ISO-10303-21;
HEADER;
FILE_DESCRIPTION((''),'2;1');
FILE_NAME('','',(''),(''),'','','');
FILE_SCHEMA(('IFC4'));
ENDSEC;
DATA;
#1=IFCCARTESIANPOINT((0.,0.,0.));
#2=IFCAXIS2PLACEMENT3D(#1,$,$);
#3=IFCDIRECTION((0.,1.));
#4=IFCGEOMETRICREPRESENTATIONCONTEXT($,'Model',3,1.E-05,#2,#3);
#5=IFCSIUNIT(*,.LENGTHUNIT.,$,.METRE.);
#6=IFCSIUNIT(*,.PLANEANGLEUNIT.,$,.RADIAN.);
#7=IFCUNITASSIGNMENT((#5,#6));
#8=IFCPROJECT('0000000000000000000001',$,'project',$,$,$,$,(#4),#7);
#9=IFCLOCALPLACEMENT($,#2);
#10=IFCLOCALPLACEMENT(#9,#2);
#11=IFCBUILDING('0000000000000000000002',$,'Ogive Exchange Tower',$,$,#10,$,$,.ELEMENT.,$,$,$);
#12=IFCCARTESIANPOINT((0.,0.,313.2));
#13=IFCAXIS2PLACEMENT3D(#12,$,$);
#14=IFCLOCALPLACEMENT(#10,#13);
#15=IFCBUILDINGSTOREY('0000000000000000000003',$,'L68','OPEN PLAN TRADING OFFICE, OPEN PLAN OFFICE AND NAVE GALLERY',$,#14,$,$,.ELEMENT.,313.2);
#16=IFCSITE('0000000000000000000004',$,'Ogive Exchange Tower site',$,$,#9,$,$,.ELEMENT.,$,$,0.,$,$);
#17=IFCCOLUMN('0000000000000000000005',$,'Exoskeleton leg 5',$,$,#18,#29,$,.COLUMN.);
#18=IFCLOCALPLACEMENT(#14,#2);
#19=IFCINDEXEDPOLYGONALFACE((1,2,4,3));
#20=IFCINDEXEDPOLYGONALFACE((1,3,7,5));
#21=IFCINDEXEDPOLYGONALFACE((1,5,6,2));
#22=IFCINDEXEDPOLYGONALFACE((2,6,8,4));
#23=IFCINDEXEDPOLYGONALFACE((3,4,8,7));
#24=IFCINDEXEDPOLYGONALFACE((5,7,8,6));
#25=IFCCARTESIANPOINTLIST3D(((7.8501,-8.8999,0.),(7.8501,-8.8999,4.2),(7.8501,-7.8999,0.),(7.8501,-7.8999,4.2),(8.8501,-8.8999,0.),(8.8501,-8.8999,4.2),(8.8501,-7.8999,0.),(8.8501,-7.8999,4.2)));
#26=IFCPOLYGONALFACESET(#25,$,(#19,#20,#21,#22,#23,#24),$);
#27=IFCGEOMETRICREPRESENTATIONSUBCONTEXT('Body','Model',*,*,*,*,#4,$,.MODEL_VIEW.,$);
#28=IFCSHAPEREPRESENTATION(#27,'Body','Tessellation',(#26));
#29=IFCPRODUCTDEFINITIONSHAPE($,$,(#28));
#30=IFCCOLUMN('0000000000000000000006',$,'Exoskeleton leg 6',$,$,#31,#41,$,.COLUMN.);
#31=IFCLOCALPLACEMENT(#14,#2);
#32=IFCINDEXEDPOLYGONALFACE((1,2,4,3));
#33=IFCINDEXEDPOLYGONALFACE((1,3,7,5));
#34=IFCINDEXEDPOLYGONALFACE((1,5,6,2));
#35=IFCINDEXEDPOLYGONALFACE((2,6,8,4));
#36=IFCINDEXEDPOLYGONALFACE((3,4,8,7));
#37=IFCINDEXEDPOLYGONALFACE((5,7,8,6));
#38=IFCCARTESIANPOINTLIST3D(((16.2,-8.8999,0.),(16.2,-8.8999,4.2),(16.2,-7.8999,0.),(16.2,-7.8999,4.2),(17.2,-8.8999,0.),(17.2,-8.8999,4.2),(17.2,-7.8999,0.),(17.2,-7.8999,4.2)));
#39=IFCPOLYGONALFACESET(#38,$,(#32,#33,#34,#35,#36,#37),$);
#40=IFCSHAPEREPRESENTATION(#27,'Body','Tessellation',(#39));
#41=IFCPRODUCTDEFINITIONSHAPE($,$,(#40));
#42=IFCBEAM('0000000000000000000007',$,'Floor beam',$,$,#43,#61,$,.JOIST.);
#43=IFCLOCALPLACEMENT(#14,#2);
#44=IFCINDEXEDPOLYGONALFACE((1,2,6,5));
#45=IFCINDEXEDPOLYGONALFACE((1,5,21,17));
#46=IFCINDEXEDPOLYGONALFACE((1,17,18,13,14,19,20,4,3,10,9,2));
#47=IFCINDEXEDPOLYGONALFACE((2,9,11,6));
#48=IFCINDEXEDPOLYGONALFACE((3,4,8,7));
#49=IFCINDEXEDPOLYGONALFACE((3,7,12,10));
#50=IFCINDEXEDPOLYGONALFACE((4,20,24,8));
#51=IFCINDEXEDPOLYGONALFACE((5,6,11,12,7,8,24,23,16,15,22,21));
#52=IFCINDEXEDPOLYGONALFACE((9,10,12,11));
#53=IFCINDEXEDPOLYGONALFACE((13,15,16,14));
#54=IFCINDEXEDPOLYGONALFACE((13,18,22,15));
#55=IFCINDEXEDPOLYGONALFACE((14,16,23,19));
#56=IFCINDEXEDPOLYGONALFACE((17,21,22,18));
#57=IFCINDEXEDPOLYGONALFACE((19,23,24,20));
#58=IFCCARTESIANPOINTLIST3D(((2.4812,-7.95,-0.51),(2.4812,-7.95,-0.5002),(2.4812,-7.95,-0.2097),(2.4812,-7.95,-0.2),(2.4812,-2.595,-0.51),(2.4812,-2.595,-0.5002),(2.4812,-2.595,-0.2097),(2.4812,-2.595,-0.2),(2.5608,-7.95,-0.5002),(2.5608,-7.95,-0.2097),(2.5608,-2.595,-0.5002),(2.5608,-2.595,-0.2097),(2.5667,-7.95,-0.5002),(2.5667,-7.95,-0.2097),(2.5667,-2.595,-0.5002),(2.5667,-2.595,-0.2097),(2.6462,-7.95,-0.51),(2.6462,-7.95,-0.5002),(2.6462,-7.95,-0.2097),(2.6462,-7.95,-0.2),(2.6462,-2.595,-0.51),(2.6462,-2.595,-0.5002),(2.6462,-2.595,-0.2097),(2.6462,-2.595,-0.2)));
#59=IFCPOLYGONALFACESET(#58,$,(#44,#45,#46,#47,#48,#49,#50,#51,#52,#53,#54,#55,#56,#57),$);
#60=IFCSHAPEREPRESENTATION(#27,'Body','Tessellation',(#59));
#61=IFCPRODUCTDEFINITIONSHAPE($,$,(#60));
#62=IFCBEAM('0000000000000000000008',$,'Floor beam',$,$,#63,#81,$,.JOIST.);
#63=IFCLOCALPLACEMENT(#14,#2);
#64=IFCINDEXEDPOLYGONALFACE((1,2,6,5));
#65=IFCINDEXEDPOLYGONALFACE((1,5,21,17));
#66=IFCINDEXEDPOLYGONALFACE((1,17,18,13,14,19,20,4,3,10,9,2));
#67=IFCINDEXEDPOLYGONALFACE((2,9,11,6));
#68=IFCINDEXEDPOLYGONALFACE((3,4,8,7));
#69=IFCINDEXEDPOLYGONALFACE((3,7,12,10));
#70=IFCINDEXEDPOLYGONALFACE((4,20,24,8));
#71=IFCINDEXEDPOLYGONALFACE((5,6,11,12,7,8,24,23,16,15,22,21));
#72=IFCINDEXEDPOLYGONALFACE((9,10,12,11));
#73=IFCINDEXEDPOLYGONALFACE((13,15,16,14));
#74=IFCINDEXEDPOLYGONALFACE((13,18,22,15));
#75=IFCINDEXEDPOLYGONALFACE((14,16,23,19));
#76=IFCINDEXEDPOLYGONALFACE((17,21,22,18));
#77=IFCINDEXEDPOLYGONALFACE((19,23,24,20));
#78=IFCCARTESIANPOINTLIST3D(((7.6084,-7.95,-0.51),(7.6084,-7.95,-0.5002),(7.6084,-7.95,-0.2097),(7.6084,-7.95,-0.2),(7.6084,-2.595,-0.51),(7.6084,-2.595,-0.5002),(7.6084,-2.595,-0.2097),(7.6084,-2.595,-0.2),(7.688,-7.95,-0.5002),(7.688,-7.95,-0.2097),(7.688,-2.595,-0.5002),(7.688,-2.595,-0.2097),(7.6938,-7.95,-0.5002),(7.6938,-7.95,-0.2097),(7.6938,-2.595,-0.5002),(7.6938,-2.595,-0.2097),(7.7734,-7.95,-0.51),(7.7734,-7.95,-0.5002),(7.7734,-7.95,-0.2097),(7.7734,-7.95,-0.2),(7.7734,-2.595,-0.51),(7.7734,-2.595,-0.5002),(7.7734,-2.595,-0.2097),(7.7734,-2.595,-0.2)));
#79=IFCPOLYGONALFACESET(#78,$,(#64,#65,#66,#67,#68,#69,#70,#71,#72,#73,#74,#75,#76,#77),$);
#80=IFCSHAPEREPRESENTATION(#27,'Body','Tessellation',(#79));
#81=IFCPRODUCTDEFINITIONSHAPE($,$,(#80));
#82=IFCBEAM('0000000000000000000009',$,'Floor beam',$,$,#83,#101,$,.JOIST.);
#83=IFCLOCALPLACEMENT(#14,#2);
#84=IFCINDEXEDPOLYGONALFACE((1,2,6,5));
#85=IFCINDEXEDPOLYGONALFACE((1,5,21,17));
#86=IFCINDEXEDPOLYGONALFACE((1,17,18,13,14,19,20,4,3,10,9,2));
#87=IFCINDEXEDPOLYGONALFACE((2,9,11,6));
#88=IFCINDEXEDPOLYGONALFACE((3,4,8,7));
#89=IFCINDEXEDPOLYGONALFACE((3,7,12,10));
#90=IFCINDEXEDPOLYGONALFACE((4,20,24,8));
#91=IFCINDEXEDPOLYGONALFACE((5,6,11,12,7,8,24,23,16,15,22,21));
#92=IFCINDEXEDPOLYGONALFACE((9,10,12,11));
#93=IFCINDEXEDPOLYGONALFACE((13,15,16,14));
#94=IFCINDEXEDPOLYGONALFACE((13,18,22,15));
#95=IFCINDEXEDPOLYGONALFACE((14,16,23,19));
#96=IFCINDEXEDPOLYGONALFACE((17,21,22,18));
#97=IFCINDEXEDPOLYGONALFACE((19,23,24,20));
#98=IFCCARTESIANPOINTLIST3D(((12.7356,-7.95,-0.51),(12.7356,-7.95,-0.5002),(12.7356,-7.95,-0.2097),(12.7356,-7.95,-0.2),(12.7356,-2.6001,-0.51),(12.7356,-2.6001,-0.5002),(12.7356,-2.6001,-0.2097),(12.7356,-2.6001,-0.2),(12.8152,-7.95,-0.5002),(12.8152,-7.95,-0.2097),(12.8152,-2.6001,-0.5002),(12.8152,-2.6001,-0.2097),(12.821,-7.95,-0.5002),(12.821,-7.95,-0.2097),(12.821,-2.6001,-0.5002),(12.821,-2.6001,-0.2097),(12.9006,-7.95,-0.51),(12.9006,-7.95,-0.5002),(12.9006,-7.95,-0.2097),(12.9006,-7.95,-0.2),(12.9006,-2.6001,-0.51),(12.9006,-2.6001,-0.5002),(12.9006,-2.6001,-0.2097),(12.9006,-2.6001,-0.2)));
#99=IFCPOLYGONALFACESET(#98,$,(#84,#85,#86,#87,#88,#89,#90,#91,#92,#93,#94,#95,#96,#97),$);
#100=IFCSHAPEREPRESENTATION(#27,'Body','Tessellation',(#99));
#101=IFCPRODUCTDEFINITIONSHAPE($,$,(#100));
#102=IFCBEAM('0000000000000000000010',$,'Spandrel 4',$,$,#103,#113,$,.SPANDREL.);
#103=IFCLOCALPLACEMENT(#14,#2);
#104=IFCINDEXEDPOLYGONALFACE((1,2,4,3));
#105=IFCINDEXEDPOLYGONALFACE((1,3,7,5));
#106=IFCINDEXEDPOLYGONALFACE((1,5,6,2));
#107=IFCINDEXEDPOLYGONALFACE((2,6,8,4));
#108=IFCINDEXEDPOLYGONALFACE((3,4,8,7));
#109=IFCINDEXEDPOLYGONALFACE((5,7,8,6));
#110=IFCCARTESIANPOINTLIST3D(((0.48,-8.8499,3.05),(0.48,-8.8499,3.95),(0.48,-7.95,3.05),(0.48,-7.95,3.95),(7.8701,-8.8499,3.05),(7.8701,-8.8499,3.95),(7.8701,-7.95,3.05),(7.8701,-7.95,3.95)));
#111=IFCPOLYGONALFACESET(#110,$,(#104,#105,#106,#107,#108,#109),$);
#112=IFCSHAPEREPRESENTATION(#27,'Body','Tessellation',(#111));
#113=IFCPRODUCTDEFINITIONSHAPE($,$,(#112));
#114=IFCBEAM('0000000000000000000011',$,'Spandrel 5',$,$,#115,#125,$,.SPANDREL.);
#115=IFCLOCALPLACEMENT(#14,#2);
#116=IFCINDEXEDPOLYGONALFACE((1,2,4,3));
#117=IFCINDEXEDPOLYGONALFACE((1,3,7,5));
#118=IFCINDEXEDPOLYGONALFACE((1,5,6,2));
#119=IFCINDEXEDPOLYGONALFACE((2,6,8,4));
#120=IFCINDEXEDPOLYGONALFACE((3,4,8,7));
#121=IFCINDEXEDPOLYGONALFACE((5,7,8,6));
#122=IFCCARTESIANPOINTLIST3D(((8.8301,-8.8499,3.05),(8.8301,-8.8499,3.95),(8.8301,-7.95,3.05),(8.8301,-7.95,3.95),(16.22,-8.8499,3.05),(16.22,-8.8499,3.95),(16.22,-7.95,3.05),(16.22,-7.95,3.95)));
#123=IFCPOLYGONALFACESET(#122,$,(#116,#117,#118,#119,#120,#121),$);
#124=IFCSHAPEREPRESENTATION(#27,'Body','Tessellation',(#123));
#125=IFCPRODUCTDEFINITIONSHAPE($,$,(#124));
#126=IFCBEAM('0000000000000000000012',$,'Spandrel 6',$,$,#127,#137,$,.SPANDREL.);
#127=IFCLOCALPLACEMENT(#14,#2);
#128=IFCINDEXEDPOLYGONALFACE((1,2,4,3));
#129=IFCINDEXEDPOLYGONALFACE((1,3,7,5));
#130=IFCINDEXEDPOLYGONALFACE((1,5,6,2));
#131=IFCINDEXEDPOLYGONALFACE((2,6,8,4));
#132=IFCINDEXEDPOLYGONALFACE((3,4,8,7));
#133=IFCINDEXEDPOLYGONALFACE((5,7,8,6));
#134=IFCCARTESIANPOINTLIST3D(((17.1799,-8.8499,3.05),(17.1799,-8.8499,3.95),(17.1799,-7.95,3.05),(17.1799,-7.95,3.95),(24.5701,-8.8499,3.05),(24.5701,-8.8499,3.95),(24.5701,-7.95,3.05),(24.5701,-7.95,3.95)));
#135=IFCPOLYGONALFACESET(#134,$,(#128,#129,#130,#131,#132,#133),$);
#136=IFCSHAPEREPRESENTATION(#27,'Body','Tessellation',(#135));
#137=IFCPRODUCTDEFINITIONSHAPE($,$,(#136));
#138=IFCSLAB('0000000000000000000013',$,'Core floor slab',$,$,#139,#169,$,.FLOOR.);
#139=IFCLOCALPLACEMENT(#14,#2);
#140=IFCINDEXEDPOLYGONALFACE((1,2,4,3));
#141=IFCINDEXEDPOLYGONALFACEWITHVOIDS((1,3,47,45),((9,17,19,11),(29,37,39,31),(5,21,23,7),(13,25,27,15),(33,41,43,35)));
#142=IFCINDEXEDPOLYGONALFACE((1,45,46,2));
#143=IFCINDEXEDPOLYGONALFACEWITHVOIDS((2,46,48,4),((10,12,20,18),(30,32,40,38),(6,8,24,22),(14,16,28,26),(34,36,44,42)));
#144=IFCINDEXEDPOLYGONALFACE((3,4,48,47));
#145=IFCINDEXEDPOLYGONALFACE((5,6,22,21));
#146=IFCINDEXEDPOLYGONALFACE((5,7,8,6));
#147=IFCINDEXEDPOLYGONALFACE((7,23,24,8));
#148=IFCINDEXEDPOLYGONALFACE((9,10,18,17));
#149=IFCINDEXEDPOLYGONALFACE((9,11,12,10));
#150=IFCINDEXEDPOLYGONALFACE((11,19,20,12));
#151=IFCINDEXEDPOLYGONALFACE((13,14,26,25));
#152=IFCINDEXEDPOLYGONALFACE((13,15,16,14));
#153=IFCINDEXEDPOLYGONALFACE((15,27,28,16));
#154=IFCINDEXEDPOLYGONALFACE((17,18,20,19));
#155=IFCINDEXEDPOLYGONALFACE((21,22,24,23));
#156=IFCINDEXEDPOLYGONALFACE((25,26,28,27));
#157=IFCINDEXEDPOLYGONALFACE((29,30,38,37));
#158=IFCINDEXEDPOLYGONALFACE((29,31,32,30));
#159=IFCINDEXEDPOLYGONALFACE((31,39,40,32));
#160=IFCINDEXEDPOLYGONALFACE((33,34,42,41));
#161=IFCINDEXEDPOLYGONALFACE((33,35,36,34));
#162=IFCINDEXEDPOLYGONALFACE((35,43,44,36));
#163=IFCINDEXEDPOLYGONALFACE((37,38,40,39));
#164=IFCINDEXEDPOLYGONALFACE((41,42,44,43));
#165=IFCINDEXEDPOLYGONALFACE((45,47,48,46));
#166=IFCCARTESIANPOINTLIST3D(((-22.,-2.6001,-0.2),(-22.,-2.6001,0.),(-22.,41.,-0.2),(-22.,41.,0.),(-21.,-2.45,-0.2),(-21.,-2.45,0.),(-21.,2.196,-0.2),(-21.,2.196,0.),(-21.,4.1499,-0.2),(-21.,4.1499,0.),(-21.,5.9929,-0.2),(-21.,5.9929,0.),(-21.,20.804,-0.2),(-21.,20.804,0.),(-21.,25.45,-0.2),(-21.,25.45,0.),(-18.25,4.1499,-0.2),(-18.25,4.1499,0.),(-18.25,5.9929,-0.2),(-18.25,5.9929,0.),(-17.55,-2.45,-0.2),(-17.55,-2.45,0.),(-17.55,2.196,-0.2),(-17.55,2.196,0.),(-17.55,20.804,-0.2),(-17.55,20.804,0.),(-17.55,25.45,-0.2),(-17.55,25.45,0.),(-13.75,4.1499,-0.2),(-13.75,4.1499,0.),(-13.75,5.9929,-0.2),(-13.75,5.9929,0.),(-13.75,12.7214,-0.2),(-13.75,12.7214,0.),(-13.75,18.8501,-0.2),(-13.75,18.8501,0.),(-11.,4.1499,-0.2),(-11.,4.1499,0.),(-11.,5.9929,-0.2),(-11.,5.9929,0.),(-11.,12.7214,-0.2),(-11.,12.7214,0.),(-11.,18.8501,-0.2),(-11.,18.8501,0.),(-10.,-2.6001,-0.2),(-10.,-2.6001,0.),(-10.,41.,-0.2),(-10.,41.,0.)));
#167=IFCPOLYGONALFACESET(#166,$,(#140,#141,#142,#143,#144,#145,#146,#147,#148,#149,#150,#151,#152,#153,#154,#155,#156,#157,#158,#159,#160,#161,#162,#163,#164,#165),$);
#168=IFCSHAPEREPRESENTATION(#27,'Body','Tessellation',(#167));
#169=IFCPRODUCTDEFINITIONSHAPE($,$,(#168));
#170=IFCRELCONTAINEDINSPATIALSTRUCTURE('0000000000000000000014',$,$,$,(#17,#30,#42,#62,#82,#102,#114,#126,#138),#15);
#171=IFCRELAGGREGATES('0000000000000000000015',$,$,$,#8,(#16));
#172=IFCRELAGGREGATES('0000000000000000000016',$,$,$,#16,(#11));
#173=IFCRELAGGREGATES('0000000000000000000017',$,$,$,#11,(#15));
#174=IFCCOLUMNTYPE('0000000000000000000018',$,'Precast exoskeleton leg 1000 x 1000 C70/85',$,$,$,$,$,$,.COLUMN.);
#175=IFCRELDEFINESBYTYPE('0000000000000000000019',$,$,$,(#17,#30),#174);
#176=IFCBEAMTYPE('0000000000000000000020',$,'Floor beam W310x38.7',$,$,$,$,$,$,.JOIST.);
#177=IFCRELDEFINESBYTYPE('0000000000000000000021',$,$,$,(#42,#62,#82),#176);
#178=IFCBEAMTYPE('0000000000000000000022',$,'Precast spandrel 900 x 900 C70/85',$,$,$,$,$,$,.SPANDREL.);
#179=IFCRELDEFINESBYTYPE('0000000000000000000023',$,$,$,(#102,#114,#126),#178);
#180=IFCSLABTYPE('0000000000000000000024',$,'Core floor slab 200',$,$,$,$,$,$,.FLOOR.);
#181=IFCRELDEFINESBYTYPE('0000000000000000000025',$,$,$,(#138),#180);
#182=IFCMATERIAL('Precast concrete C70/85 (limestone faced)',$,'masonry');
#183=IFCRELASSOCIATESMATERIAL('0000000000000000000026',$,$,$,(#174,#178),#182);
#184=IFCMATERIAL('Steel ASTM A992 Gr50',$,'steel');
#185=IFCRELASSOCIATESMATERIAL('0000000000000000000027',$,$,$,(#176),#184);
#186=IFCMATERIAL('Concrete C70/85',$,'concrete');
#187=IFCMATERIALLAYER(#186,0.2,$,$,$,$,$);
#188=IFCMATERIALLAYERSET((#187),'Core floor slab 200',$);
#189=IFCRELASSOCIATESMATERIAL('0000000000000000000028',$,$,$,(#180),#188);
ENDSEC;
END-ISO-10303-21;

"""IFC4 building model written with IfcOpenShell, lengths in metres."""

from ifc_helpers import new_model, si_unit, direction, frame, origin, origin_2d, place, context, subcontext, project, spatial, polyline, rectangle, i_section, outline, extrude, material, layer, layer_set, material_profile, profile_set, type_object, element, save


model = new_model("IFC4")

# Units and contexts
model_context = context("Model", 3, precision=1e-05, world=origin(), true_north=direction((0.0, 1.0)))
body_context = subcontext(model_context, "Body", "Model", "MODEL_VIEW")
ifc_project = project(units=[si_unit("LENGTHUNIT", "METRE"), si_unit("PLANEANGLEUNIT", "RADIAN")], contexts=[model_context])

# Site, building, storey
site_placement = place(None, origin())
site = spatial("IfcSite", under=ifc_project, at=site_placement, Name="Ogive Exchange Tower site", CompositionType="ELEMENT", RefElevation=0.0)
building_placement = place(site_placement, origin())
building = spatial("IfcBuilding", under=site, at=building_placement, Name="Ogive Exchange Tower", CompositionType="ELEMENT")
storey_placement = place(building_placement, frame((0.0, 0.0, 313.2)))
storey = spatial("IfcBuildingStorey", under=building, at=storey_placement, Name="L68", Description="OPEN PLAN TRADING OFFICE, OPEN PLAN OFFICE AND NAVE GALLERY", CompositionType="ELEMENT", Elevation=313.2)

# Columns
ifc_material_1 = material(Name="Precast concrete C70/85 (limestone faced)", Category="masonry")
ifc_material_profile_1 = material_profile(ifc_material_1, rectangle(XDim=1.0, YDim=1.0, at=origin_2d()), Name="1000 x 1000")
ifc_profile_set_1 = profile_set([ifc_material_profile_1], Name="Precast concrete C70/85 (limestone faced)")
column_type = type_object("IfcColumnType", Name="Precast exoskeleton leg 1000 x 1000 C70/85", PredefinedType="COLUMN", material=ifc_profile_set_1)
for number, where, z_axis, x_axis, name in (
    (1, (8.3501, -8.3999, 0.0), (0.0, 0.0, 1.0), (1.0, 0.0, 0.0), "Exoskeleton leg 5"),
    (2, (16.7, -8.3999, 0.0), (0.0, 0.0, 1.0), (1.0, 0.0, 0.0), "Exoskeleton leg 6"),
):
    element("IfcColumn", number, at=place(storey_placement, frame(where, z_axis=z_axis, x_axis=x_axis)), inside=storey, type_object=column_type, Name=name, PredefinedType="COLUMN", context=body_context, shape_type="SweptSolid", body=[
        extrude(rectangle(XDim=1.0, YDim=1.0, at=origin_2d()), origin(), (0.0, 0.0, 1.0), 4.2),
    ])

# Beams
ifc_material_2 = material(Name="Steel ASTM A992 Gr50", Category="steel")
ifc_material_profile_2 = material_profile(ifc_material_2, i_section(OverallWidth=0.165, OverallDepth=0.3101, WebThickness=0.0059, FlangeThickness=0.0098, at=origin_2d()), Name="W310x38.7")
ifc_profile_set_2 = profile_set([ifc_material_profile_2], Name="Steel ASTM A992 Gr50")
beam_type_1 = type_object("IfcBeamType", Name="Floor beam W310x38.7", PredefinedType="JOIST", material=ifc_profile_set_2)
for number, where, z_axis, x_axis, name in (
    (3, (2.5637, -7.95, -0.355), (0.0, 1.0, 0.0), (-1.0, 0.0, 0.0), "Floor beam"),
    (4, (7.6909, -7.95, -0.355), (0.0, 1.0, 0.0), (-1.0, 0.0, 0.0), "Floor beam"),
):
    element("IfcBeam", number, at=place(storey_placement, frame(where, z_axis=z_axis, x_axis=x_axis)), inside=storey, type_object=beam_type_1, Name=name, PredefinedType="JOIST", context=body_context, shape_type="SweptSolid", body=[
        extrude(i_section(OverallWidth=0.165, OverallDepth=0.3101, WebThickness=0.0059, FlangeThickness=0.0098, at=origin_2d()), origin(), (0.0, 0.0, 1.0), 5.355),
    ])
beam_1_placement = place(storey_placement, frame((12.8181, -7.95, -0.355), z_axis=(0.0, 1.0, 0.0), x_axis=(-1.0, 0.0, 0.0)))
element("IfcBeam", 5, at=beam_1_placement, inside=storey, type_object=beam_type_1, Name="Floor beam", PredefinedType="JOIST", context=body_context, shape_type="SweptSolid", body=[
    extrude(i_section(OverallWidth=0.165, OverallDepth=0.3101, WebThickness=0.0059, FlangeThickness=0.0098, at=origin_2d()), origin(), (0.0, 0.0, 1.0), 5.3499),
])
ifc_material_profile_3 = material_profile(ifc_material_1, rectangle(XDim=0.8999, YDim=0.8999, at=origin_2d()), Name="900 x 900")
ifc_profile_set_3 = profile_set([ifc_material_profile_3], Name="Precast concrete C70/85 (limestone faced)")
beam_type_2 = type_object("IfcBeamType", Name="Precast spandrel 900 x 900 C70/85", PredefinedType="SPANDREL", material=ifc_profile_set_3)
beam_2_placement = place(storey_placement, frame((0.48, -8.3999, 3.5), z_axis=(1.0, 0.0, 0.0), x_axis=(0.0, 1.0, 0.0)))
element("IfcBeam", 6, at=beam_2_placement, inside=storey, type_object=beam_type_2, Name="Spandrel 4", PredefinedType="SPANDREL", context=body_context, shape_type="SweptSolid", body=[
    extrude(rectangle(XDim=0.8999, YDim=0.8999, at=origin_2d()), origin(), (0.0, 0.0, 1.0), 7.3901),
])
beam_3_placement = place(storey_placement, frame((8.8301, -8.3999, 3.5), z_axis=(1.0, 0.0, 0.0), x_axis=(0.0, 1.0, 0.0)))
element("IfcBeam", 7, at=beam_3_placement, inside=storey, type_object=beam_type_2, Name="Spandrel 5", PredefinedType="SPANDREL", context=body_context, shape_type="SweptSolid", body=[
    extrude(rectangle(XDim=0.8999, YDim=0.8999, at=origin_2d()), origin(), (0.0, 0.0, 1.0), 7.3899),
])
beam_4_placement = place(storey_placement, frame((17.1799, -8.3999, 3.5), z_axis=(1.0, 0.0, 0.0), x_axis=(0.0, 1.0, 0.0)))
element("IfcBeam", 8, at=beam_4_placement, inside=storey, type_object=beam_type_2, Name="Spandrel 6", PredefinedType="SPANDREL", context=body_context, shape_type="SweptSolid", body=[
    extrude(rectangle(XDim=0.8999, YDim=0.8999, at=origin_2d()), origin(), (0.0, 0.0, 1.0), 7.3901),
])

# Slab
ifc_material_3 = material(Name="Concrete C70/85", Category="concrete")
ifc_layer_1 = layer(ifc_material_3, 0.2)
ifc_layer_set_1 = layer_set([ifc_layer_1], Name="Core floor slab 200")
slab_type = type_object("IfcSlabType", Name="Core floor slab 200", PredefinedType="FLOOR", material=ifc_layer_set_1)
slab_1_placement = place(storey_placement, frame((0.0, 0.0, -0.2)))
element("IfcSlab", 9, at=slab_1_placement, inside=storey, type_object=slab_type, Name="Core floor slab", PredefinedType="FLOOR", context=body_context, shape_type="SweptSolid", body=[
    extrude(outline(polyline([(-22.0, -2.6001), (-22.0, 41.0), (-10.0, 41.0), (-10.0, -2.6001), (-22.0, -2.6001)]), holes=[polyline([(-17.55, 2.196), (-21.0, 2.196), (-21.0, -2.45), (-17.55, -2.45), (-17.55, 2.196)]), polyline([(-21.0, 5.9929), (-21.0, 4.1499), (-18.25, 4.1499), (-18.25, 5.9929), (-21.0, 5.9929)]), polyline([(-13.75, 5.9929), (-13.75, 4.1499), (-11.0, 4.1499), (-11.0, 5.9929), (-13.75, 5.9929)]), polyline([(-11.0, 18.8501), (-13.75, 18.8501), (-13.75, 12.7214), (-11.0, 12.7214), (-11.0, 18.8501)]), polyline([(-21.0, 25.45), (-21.0, 20.804), (-17.55, 20.804), (-17.55, 25.45), (-21.0, 25.45)])]), origin(), (0.0, 0.0, 1.0), 0.2),
])

save(model, "model.ifc")
